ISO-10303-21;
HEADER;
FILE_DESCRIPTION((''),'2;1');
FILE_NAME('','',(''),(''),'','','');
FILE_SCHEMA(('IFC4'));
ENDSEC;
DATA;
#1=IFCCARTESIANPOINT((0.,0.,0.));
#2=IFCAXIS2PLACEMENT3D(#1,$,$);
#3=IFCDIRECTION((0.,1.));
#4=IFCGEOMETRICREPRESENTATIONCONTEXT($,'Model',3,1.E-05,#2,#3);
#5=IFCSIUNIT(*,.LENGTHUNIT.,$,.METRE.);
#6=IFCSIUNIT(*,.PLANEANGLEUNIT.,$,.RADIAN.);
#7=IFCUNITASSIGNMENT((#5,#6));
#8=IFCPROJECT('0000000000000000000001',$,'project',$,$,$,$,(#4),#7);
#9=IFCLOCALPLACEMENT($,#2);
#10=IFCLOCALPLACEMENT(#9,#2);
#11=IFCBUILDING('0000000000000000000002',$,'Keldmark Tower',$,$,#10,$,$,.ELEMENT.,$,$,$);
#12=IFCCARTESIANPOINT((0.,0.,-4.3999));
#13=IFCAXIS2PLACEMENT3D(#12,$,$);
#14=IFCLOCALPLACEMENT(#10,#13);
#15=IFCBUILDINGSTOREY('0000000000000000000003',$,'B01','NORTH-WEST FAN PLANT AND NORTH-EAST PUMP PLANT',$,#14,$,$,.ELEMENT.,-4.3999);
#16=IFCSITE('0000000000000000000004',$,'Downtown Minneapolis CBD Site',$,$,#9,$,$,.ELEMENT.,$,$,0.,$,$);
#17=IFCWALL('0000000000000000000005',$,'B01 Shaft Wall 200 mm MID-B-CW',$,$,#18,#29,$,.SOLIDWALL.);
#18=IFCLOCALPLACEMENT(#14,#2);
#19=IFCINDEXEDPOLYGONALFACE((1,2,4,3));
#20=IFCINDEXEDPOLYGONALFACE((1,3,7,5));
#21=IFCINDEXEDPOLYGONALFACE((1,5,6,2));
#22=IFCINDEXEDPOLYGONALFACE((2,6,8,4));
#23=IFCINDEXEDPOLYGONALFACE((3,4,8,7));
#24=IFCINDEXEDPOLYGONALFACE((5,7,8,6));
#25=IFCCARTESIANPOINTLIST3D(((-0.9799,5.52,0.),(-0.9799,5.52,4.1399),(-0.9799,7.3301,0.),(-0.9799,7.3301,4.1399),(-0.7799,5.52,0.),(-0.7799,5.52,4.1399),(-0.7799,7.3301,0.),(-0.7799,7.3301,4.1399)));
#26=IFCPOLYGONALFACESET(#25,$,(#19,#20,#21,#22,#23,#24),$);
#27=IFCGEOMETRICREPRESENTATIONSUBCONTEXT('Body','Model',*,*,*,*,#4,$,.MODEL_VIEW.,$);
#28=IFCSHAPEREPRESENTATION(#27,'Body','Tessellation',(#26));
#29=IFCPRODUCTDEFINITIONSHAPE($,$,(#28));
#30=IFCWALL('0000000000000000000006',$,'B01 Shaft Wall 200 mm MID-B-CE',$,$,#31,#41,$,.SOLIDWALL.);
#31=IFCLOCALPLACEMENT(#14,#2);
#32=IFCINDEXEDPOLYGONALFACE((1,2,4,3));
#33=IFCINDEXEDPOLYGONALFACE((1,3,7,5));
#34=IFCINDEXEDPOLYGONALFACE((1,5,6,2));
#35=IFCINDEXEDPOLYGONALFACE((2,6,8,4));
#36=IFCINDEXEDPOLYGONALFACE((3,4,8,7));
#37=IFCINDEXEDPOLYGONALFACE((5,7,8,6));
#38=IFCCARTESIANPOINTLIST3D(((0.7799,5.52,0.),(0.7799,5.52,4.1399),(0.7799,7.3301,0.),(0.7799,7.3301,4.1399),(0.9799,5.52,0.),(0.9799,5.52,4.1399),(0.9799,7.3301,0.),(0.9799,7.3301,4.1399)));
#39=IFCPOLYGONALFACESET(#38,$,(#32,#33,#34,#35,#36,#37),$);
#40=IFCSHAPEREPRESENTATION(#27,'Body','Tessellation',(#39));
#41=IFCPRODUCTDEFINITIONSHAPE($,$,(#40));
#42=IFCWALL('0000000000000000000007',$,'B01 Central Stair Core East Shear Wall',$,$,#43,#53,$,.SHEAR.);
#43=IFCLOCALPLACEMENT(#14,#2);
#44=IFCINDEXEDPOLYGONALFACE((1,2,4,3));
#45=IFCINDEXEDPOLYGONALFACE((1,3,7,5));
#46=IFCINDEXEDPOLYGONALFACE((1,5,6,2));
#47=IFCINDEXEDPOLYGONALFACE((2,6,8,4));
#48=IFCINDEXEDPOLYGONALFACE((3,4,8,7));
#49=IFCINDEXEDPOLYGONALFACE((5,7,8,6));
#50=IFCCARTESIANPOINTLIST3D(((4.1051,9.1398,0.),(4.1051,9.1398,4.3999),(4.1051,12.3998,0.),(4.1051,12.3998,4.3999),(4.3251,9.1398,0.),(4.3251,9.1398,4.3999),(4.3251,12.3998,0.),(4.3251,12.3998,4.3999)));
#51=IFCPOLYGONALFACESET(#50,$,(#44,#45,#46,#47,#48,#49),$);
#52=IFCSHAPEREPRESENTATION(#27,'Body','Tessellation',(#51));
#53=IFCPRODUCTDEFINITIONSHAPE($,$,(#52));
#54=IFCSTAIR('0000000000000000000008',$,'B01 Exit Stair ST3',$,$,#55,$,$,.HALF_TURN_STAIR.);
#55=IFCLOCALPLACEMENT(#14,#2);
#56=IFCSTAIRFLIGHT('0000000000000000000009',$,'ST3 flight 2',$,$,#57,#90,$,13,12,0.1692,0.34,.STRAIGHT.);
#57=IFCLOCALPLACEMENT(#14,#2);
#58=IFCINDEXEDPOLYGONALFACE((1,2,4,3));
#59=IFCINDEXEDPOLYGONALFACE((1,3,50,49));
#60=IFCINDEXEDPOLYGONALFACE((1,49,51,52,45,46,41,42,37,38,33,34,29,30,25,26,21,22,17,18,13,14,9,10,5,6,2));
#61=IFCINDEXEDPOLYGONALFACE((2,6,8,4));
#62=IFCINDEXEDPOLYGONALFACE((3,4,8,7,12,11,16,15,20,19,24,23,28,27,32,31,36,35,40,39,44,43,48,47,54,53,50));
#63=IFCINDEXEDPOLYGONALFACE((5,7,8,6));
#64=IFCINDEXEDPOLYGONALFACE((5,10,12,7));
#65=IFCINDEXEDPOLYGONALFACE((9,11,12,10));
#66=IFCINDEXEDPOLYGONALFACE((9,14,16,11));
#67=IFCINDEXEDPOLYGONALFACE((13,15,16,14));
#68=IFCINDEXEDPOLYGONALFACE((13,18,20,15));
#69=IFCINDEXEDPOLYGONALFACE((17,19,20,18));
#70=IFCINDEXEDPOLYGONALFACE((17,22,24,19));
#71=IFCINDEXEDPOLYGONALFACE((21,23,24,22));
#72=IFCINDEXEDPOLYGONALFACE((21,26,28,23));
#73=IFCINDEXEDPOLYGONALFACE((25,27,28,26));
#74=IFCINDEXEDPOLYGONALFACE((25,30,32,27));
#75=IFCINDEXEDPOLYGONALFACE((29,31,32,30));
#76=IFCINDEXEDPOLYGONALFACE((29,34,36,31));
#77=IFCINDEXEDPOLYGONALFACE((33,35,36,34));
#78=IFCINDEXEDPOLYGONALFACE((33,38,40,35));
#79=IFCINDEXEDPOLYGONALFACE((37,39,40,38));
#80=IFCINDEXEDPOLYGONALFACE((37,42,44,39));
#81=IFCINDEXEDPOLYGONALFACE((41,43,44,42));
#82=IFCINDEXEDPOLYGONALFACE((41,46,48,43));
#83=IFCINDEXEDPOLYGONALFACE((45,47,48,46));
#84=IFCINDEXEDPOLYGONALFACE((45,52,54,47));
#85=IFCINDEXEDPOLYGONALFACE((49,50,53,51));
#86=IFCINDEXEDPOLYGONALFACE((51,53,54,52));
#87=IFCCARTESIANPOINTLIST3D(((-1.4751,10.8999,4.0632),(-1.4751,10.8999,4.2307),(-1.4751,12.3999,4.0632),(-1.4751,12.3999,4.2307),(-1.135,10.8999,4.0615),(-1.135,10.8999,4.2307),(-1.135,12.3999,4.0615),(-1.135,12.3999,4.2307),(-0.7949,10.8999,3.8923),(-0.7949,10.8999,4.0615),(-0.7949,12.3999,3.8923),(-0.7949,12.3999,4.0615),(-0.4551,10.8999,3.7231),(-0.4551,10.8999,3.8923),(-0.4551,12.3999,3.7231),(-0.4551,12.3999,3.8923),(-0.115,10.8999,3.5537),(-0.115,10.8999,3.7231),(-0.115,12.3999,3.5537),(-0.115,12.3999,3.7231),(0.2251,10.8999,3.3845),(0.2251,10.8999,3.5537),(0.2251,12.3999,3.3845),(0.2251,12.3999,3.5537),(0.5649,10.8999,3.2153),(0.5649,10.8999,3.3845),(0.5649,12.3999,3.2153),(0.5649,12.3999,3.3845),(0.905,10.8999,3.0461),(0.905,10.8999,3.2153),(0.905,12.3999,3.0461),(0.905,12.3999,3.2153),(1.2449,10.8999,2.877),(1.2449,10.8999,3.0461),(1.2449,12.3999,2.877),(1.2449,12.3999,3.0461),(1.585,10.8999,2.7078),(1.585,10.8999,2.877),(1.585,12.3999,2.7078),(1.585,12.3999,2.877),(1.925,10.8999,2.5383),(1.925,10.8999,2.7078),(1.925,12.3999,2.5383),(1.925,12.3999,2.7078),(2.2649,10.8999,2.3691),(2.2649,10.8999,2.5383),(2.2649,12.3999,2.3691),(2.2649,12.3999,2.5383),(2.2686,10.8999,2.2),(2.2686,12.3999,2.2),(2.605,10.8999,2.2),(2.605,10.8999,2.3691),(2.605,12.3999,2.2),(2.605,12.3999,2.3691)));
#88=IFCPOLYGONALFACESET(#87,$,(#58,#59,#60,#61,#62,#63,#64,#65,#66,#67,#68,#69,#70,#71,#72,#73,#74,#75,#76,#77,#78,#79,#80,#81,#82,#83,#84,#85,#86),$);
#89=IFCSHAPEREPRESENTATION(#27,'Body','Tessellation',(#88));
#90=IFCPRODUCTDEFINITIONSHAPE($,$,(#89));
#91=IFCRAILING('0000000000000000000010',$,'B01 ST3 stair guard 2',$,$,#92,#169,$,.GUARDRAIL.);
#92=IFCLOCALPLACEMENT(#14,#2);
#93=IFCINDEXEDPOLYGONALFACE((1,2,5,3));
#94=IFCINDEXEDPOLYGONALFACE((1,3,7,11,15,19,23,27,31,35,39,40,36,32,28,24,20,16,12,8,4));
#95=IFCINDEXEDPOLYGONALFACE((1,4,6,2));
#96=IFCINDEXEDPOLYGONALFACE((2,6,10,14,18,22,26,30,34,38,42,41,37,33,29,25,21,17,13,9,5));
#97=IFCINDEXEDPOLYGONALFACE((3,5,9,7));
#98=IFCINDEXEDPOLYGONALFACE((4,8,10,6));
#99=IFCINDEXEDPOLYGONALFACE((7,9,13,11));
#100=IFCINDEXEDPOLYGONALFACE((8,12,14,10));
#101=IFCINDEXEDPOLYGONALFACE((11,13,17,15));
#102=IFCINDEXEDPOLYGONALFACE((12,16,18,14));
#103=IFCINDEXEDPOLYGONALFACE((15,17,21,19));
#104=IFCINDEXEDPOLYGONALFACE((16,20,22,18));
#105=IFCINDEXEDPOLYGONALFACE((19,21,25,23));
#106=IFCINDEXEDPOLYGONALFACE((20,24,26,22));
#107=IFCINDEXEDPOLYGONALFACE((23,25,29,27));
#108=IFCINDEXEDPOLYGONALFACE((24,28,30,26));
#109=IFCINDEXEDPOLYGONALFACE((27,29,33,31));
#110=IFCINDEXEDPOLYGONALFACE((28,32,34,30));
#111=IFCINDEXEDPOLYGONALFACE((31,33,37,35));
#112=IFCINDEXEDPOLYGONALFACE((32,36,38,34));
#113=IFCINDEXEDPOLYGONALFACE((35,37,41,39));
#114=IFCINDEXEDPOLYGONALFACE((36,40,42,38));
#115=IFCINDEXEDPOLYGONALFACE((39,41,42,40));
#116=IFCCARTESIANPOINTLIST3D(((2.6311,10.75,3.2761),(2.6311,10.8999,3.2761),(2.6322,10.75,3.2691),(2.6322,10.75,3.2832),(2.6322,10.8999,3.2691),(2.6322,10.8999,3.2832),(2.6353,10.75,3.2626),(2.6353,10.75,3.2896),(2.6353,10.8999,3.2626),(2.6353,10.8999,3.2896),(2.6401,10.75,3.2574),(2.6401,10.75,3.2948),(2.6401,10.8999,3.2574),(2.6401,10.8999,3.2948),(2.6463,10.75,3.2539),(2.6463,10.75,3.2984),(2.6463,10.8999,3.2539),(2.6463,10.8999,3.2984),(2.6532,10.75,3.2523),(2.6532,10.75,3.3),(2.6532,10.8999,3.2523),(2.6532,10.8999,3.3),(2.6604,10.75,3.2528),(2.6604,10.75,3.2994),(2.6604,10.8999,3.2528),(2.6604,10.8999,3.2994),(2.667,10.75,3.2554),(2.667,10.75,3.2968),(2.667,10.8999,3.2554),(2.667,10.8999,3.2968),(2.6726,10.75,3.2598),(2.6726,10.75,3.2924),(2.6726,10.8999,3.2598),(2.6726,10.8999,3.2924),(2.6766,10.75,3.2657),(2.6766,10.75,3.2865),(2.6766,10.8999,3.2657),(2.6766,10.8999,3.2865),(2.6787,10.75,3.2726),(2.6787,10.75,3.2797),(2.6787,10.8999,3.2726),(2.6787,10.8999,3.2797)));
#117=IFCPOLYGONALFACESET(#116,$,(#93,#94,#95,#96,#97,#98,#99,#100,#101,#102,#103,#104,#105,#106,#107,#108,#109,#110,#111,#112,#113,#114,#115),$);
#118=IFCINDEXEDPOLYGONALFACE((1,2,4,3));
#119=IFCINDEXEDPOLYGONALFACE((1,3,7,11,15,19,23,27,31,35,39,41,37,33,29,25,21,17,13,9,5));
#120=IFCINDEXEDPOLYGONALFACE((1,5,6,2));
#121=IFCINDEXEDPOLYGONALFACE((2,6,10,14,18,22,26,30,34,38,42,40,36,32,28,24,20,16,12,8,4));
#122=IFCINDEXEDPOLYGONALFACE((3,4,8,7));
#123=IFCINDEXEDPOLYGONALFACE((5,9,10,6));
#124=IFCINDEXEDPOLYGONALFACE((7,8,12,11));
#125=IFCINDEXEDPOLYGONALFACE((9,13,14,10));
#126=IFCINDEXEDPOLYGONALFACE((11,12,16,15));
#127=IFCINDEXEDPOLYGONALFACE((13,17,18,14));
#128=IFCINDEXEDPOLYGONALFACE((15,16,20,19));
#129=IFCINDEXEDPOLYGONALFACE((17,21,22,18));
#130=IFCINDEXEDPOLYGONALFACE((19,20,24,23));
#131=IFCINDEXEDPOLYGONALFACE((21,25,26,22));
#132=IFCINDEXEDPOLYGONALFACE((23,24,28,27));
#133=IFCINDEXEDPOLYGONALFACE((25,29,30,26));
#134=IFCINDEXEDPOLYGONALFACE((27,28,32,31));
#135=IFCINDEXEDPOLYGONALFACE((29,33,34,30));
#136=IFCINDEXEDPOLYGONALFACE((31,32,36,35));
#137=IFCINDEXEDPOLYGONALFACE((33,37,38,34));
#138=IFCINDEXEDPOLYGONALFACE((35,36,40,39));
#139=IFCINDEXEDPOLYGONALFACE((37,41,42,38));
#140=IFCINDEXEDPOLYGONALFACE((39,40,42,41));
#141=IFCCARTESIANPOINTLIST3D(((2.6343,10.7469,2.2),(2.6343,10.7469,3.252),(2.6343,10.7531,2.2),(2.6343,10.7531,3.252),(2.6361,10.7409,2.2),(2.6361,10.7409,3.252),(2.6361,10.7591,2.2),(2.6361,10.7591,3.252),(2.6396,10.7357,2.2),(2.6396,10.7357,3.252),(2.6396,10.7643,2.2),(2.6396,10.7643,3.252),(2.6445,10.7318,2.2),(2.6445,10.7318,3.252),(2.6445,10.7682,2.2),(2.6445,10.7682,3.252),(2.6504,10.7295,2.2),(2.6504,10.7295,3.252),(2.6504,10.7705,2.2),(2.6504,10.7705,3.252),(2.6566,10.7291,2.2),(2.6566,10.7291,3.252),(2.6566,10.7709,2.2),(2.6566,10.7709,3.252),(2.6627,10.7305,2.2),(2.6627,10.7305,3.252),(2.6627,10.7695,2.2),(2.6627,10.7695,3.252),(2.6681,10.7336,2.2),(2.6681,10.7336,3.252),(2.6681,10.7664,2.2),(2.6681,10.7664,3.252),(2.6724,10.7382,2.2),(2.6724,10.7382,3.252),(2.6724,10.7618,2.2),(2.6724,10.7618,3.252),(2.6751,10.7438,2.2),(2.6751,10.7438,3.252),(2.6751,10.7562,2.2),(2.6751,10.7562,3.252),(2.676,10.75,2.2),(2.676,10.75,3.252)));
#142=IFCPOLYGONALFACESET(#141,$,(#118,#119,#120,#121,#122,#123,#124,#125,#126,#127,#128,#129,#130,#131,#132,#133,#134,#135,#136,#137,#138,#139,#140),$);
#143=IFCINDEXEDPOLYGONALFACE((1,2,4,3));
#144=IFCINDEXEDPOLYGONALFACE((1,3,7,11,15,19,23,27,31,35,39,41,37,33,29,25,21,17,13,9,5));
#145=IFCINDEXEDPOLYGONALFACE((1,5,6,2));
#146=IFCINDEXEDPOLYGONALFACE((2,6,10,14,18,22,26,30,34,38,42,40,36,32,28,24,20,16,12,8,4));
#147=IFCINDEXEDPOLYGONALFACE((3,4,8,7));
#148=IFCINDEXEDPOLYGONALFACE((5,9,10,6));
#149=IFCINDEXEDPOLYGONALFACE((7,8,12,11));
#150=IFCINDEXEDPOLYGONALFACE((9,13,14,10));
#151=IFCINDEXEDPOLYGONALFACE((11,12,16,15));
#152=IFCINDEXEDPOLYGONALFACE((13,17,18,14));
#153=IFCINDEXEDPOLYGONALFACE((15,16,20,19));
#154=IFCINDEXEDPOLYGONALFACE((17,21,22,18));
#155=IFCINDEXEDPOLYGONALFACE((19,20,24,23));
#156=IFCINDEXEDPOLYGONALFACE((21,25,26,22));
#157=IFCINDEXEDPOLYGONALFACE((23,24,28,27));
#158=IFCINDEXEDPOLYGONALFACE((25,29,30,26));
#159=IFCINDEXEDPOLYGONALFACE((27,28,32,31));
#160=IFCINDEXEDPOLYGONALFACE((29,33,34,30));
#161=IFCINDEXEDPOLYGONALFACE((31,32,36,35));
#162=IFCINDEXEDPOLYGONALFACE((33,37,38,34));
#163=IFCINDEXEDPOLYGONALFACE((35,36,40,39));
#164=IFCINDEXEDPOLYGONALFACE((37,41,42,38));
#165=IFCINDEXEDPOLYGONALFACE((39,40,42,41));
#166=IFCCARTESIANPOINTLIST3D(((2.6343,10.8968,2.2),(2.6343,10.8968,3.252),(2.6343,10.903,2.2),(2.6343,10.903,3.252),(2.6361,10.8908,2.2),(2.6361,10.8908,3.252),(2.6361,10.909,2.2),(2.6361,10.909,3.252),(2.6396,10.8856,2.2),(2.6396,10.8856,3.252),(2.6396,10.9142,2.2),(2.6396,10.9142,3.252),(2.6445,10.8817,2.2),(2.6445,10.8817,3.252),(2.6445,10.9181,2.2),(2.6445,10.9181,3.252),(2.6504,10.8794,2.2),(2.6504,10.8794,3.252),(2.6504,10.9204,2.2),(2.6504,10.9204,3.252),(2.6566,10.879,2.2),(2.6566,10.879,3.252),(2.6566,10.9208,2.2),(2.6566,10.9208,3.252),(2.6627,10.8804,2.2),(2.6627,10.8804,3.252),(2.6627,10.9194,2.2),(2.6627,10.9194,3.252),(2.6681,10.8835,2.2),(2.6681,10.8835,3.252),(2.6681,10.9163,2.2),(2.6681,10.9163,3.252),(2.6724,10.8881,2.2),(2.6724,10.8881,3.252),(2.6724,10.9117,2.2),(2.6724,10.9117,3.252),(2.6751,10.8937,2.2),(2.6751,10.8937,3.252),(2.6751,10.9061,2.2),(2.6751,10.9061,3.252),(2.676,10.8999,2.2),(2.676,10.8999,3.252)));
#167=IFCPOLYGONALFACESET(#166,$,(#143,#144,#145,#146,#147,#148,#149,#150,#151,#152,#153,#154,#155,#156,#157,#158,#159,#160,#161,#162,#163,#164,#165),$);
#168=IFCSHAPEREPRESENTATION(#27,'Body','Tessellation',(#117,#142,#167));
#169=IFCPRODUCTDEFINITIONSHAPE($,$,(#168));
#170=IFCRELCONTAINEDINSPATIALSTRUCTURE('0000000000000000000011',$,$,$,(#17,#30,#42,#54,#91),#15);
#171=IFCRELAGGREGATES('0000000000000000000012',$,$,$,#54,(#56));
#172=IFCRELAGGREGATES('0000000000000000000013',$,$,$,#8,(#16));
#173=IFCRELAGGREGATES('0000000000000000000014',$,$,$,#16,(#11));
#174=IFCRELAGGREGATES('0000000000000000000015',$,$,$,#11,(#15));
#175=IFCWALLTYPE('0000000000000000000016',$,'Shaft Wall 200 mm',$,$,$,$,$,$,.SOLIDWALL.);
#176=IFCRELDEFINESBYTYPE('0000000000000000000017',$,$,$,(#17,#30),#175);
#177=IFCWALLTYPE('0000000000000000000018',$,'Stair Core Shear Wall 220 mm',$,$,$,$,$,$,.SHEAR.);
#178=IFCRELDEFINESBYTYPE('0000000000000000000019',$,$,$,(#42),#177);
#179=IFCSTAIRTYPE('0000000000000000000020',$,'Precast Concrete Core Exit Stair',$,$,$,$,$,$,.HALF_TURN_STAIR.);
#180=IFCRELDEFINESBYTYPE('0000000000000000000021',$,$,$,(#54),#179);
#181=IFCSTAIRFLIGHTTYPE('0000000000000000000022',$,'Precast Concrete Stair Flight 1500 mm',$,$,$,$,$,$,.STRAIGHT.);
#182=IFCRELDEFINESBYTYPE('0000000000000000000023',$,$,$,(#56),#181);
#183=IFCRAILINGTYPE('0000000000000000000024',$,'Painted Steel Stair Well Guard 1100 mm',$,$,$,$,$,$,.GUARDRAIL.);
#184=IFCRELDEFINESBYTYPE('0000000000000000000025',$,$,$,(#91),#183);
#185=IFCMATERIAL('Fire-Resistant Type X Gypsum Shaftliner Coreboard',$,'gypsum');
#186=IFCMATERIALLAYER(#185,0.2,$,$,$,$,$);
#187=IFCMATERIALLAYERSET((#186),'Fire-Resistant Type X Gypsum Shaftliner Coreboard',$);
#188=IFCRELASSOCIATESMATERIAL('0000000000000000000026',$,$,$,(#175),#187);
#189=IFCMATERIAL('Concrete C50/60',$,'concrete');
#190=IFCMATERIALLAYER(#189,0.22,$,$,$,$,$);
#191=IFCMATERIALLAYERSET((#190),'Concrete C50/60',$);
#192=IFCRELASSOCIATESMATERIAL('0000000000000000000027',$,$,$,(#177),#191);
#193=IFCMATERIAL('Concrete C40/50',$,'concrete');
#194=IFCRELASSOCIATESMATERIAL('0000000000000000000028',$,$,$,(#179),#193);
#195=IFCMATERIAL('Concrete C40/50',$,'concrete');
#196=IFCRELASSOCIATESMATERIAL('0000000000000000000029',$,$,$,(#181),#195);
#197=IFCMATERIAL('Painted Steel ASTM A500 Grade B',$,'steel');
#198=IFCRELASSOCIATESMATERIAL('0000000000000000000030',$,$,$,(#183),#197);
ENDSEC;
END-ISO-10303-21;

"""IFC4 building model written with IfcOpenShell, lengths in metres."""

from ifc_helpers import new_model, si_unit, direction, frame, frame_2d, origin, origin_2d, place, context, subcontext, project, spatial, polyline, rectangle, circle, outline, extrude, material, layer, layer_set, type_object, element, aggregate, save


model = new_model("IFC4")

# Units and contexts
model_context = context("Model", 3, precision=1e-05, world=origin(), true_north=direction((0.0, 1.0)))
body_context = subcontext(model_context, "Body", "Model", "MODEL_VIEW")
ifc_project = project(units=[si_unit("LENGTHUNIT", "METRE"), si_unit("PLANEANGLEUNIT", "RADIAN")], contexts=[model_context])

# Site, building, storey
site_placement = place(None, origin())
site = spatial("IfcSite", under=ifc_project, at=site_placement, Name="Downtown Minneapolis CBD Site", CompositionType="ELEMENT", RefElevation=0.0)
building_placement = place(site_placement, origin())
building = spatial("IfcBuilding", under=site, at=building_placement, Name="Keldmark Tower", CompositionType="ELEMENT")
storey_placement = place(building_placement, frame((0.0, 0.0, -4.3999)))
storey = spatial("IfcBuildingStorey", under=building, at=storey_placement, Name="B01", Description="NORTH-WEST FAN PLANT AND NORTH-EAST PUMP PLANT", CompositionType="ELEMENT", Elevation=-4.3999)

# Shared definitions
ifc_material_1 = material(Name="Fire-Resistant Type X Gypsum Shaftliner Coreboard", Category="gypsum")
ifc_layer_1 = layer(ifc_material_1, 0.2)
ifc_layer_set_1 = layer_set([ifc_layer_1], Name="Fire-Resistant Type X Gypsum Shaftliner Coreboard")
wall_type_1 = type_object("IfcWallType", Name="Shaft Wall 200 mm", PredefinedType="SOLIDWALL", material=ifc_layer_set_1)

# Walls
for number, where, z_axis, x_axis, name in (
    (1, (-0.8799, 5.52, 0.0), (0.0, 0.0, 1.0), (0.0, 1.0, 0.0), "B01 Shaft Wall 200 mm MID-B-CW"),
    (2, (0.8799, 5.52, 0.0), (0.0, 0.0, 1.0), (0.0, 1.0, 0.0), "B01 Shaft Wall 200 mm MID-B-CE"),
):
    element("IfcWall", number, at=place(storey_placement, frame(where, z_axis=z_axis, x_axis=x_axis)), inside=storey, type_object=wall_type_1, Name=name, PredefinedType="SOLIDWALL", context=body_context, shape_type="SweptSolid", body=[
        extrude(rectangle(XDim=1.8101, YDim=0.2, at=frame_2d((0.905, 0.0))), origin(), (0.0, 0.0, 1.0), 4.1399),
    ])
ifc_material_2 = material(Name="Concrete C50/60", Category="concrete")
ifc_layer_2 = layer(ifc_material_2, 0.22)
ifc_layer_set_2 = layer_set([ifc_layer_2], Name="Concrete C50/60")
wall_type_2 = type_object("IfcWallType", Name="Stair Core Shear Wall 220 mm", PredefinedType="SHEAR", material=ifc_layer_set_2)
wall_1_placement = place(storey_placement, frame((4.2151, 9.1399, 0.0), z_axis=(0.0, 0.0, 1.0), x_axis=(0.0, 1.0, 0.0)))
element("IfcWall", 3, at=wall_1_placement, inside=storey, type_object=wall_type_2, Name="B01 Central Stair Core East Shear Wall", PredefinedType="SHEAR", context=body_context, shape_type="SweptSolid", body=[
    extrude(rectangle(XDim=3.26, YDim=0.22, at=frame_2d((1.6299, 0.0))), origin(), (0.0, 0.0, 1.0), 4.3999),
])

# Stair, stair flight
ifc_material_3 = material(Name="Concrete C40/50", Category="concrete")
stair_type = type_object("IfcStairType", Name="Precast Concrete Core Exit Stair", PredefinedType="HALF_TURN_STAIR", material=ifc_material_3)
stair_placement = place(storey_placement, origin())
stair = element("IfcStair", 4, at=stair_placement, inside=storey, type_object=stair_type, Name="B01 Exit Stair ST3", PredefinedType="HALF_TURN_STAIR")
ifc_material_4 = material(Name="Concrete C40/50", Category="concrete")
stair_flight_type = type_object("IfcStairFlightType", Name="Precast Concrete Stair Flight 1500 mm", PredefinedType="STRAIGHT", material=ifc_material_4)
stair_flight_placement = place(storey_placement, frame((2.605, 11.6499, 2.2), z_axis=(0.0, 0.0, 1.0), x_axis=(-1.0, 0.0, 0.0)))
stair_flight = element("IfcStairFlight", 5, at=stair_flight_placement, type_object=stair_flight_type, Name="ST3 flight 2", NumberOfRisers=13, NumberOfTreads=12, PredefinedType="STRAIGHT", RiserHeight=0.1692, TreadLength=0.34, context=body_context, shape_type="SweptSolid", body=[
    extrude(outline(polyline([(0.0, 0.0), (0.0, 0.1692), (0.3401, 0.1692), (0.3401, 0.3384), (0.6799, 0.3384), (0.6799, 0.5078), (1.02, 0.5078), (1.02, 0.677), (1.3601, 0.677), (1.3601, 0.8462), (1.7, 0.8462), (1.7, 1.0154), (2.04, 1.0154), (2.04, 1.1846), (2.3799, 1.1846), (2.3799, 1.3538), (2.72, 1.3538), (2.72, 1.5232), (3.0601, 1.5232), (3.0601, 1.6924), (3.3999, 1.6924), (3.3999, 1.8616), (3.74, 1.8616), (3.74, 2.0308), (4.0801, 2.0308), (4.0801, 2.2), (4.0801, 1.8633), (0.3364, 0.0), (0.0, 0.0)])), frame((0.0, 0.75, 0.0), z_axis=(0.0, -1.0, 0.0), x_axis=(1.0, 0.0, 0.0)), (0.0, 0.0, 1.0), 1.5),
])
aggregate(stair, [stair_flight])

# Railing
ifc_material_5 = material(Name="Painted Steel ASTM A500 Grade B", Category="steel")
railing_type_1 = type_object("IfcRailingType", Name="Painted Steel Stair Well Guard 1100 mm", PredefinedType="GUARDRAIL", material=ifc_material_5)
railing_1_placement = place(storey_placement, frame((2.655, 10.75, 2.2)))
element("IfcRailing", 6, at=railing_1_placement, inside=storey, type_object=railing_type_1, Name="B01 ST3 stair guard 2", PredefinedType="GUARDRAIL", context=body_context, shape_type="SweptSolid", body=[
    extrude(circle(Radius=0.0239, at=origin_2d()), frame((0.0, 0.0, 1.0762), z_axis=(0.0, 1.0, 0.0), x_axis=(-1.0, 0.0, 0.0)), (0.0, 0.0, 1.0), 0.1499),
    extrude(circle(Radius=0.021, at=origin_2d()), origin(), (0.0, 0.0, 1.0), 1.052),
    extrude(circle(Radius=0.021, at=origin_2d()), frame((0.0, 0.1499, 0.0)), (0.0, 0.0, 1.0), 1.052),
])

save(model, "model.ifc")
